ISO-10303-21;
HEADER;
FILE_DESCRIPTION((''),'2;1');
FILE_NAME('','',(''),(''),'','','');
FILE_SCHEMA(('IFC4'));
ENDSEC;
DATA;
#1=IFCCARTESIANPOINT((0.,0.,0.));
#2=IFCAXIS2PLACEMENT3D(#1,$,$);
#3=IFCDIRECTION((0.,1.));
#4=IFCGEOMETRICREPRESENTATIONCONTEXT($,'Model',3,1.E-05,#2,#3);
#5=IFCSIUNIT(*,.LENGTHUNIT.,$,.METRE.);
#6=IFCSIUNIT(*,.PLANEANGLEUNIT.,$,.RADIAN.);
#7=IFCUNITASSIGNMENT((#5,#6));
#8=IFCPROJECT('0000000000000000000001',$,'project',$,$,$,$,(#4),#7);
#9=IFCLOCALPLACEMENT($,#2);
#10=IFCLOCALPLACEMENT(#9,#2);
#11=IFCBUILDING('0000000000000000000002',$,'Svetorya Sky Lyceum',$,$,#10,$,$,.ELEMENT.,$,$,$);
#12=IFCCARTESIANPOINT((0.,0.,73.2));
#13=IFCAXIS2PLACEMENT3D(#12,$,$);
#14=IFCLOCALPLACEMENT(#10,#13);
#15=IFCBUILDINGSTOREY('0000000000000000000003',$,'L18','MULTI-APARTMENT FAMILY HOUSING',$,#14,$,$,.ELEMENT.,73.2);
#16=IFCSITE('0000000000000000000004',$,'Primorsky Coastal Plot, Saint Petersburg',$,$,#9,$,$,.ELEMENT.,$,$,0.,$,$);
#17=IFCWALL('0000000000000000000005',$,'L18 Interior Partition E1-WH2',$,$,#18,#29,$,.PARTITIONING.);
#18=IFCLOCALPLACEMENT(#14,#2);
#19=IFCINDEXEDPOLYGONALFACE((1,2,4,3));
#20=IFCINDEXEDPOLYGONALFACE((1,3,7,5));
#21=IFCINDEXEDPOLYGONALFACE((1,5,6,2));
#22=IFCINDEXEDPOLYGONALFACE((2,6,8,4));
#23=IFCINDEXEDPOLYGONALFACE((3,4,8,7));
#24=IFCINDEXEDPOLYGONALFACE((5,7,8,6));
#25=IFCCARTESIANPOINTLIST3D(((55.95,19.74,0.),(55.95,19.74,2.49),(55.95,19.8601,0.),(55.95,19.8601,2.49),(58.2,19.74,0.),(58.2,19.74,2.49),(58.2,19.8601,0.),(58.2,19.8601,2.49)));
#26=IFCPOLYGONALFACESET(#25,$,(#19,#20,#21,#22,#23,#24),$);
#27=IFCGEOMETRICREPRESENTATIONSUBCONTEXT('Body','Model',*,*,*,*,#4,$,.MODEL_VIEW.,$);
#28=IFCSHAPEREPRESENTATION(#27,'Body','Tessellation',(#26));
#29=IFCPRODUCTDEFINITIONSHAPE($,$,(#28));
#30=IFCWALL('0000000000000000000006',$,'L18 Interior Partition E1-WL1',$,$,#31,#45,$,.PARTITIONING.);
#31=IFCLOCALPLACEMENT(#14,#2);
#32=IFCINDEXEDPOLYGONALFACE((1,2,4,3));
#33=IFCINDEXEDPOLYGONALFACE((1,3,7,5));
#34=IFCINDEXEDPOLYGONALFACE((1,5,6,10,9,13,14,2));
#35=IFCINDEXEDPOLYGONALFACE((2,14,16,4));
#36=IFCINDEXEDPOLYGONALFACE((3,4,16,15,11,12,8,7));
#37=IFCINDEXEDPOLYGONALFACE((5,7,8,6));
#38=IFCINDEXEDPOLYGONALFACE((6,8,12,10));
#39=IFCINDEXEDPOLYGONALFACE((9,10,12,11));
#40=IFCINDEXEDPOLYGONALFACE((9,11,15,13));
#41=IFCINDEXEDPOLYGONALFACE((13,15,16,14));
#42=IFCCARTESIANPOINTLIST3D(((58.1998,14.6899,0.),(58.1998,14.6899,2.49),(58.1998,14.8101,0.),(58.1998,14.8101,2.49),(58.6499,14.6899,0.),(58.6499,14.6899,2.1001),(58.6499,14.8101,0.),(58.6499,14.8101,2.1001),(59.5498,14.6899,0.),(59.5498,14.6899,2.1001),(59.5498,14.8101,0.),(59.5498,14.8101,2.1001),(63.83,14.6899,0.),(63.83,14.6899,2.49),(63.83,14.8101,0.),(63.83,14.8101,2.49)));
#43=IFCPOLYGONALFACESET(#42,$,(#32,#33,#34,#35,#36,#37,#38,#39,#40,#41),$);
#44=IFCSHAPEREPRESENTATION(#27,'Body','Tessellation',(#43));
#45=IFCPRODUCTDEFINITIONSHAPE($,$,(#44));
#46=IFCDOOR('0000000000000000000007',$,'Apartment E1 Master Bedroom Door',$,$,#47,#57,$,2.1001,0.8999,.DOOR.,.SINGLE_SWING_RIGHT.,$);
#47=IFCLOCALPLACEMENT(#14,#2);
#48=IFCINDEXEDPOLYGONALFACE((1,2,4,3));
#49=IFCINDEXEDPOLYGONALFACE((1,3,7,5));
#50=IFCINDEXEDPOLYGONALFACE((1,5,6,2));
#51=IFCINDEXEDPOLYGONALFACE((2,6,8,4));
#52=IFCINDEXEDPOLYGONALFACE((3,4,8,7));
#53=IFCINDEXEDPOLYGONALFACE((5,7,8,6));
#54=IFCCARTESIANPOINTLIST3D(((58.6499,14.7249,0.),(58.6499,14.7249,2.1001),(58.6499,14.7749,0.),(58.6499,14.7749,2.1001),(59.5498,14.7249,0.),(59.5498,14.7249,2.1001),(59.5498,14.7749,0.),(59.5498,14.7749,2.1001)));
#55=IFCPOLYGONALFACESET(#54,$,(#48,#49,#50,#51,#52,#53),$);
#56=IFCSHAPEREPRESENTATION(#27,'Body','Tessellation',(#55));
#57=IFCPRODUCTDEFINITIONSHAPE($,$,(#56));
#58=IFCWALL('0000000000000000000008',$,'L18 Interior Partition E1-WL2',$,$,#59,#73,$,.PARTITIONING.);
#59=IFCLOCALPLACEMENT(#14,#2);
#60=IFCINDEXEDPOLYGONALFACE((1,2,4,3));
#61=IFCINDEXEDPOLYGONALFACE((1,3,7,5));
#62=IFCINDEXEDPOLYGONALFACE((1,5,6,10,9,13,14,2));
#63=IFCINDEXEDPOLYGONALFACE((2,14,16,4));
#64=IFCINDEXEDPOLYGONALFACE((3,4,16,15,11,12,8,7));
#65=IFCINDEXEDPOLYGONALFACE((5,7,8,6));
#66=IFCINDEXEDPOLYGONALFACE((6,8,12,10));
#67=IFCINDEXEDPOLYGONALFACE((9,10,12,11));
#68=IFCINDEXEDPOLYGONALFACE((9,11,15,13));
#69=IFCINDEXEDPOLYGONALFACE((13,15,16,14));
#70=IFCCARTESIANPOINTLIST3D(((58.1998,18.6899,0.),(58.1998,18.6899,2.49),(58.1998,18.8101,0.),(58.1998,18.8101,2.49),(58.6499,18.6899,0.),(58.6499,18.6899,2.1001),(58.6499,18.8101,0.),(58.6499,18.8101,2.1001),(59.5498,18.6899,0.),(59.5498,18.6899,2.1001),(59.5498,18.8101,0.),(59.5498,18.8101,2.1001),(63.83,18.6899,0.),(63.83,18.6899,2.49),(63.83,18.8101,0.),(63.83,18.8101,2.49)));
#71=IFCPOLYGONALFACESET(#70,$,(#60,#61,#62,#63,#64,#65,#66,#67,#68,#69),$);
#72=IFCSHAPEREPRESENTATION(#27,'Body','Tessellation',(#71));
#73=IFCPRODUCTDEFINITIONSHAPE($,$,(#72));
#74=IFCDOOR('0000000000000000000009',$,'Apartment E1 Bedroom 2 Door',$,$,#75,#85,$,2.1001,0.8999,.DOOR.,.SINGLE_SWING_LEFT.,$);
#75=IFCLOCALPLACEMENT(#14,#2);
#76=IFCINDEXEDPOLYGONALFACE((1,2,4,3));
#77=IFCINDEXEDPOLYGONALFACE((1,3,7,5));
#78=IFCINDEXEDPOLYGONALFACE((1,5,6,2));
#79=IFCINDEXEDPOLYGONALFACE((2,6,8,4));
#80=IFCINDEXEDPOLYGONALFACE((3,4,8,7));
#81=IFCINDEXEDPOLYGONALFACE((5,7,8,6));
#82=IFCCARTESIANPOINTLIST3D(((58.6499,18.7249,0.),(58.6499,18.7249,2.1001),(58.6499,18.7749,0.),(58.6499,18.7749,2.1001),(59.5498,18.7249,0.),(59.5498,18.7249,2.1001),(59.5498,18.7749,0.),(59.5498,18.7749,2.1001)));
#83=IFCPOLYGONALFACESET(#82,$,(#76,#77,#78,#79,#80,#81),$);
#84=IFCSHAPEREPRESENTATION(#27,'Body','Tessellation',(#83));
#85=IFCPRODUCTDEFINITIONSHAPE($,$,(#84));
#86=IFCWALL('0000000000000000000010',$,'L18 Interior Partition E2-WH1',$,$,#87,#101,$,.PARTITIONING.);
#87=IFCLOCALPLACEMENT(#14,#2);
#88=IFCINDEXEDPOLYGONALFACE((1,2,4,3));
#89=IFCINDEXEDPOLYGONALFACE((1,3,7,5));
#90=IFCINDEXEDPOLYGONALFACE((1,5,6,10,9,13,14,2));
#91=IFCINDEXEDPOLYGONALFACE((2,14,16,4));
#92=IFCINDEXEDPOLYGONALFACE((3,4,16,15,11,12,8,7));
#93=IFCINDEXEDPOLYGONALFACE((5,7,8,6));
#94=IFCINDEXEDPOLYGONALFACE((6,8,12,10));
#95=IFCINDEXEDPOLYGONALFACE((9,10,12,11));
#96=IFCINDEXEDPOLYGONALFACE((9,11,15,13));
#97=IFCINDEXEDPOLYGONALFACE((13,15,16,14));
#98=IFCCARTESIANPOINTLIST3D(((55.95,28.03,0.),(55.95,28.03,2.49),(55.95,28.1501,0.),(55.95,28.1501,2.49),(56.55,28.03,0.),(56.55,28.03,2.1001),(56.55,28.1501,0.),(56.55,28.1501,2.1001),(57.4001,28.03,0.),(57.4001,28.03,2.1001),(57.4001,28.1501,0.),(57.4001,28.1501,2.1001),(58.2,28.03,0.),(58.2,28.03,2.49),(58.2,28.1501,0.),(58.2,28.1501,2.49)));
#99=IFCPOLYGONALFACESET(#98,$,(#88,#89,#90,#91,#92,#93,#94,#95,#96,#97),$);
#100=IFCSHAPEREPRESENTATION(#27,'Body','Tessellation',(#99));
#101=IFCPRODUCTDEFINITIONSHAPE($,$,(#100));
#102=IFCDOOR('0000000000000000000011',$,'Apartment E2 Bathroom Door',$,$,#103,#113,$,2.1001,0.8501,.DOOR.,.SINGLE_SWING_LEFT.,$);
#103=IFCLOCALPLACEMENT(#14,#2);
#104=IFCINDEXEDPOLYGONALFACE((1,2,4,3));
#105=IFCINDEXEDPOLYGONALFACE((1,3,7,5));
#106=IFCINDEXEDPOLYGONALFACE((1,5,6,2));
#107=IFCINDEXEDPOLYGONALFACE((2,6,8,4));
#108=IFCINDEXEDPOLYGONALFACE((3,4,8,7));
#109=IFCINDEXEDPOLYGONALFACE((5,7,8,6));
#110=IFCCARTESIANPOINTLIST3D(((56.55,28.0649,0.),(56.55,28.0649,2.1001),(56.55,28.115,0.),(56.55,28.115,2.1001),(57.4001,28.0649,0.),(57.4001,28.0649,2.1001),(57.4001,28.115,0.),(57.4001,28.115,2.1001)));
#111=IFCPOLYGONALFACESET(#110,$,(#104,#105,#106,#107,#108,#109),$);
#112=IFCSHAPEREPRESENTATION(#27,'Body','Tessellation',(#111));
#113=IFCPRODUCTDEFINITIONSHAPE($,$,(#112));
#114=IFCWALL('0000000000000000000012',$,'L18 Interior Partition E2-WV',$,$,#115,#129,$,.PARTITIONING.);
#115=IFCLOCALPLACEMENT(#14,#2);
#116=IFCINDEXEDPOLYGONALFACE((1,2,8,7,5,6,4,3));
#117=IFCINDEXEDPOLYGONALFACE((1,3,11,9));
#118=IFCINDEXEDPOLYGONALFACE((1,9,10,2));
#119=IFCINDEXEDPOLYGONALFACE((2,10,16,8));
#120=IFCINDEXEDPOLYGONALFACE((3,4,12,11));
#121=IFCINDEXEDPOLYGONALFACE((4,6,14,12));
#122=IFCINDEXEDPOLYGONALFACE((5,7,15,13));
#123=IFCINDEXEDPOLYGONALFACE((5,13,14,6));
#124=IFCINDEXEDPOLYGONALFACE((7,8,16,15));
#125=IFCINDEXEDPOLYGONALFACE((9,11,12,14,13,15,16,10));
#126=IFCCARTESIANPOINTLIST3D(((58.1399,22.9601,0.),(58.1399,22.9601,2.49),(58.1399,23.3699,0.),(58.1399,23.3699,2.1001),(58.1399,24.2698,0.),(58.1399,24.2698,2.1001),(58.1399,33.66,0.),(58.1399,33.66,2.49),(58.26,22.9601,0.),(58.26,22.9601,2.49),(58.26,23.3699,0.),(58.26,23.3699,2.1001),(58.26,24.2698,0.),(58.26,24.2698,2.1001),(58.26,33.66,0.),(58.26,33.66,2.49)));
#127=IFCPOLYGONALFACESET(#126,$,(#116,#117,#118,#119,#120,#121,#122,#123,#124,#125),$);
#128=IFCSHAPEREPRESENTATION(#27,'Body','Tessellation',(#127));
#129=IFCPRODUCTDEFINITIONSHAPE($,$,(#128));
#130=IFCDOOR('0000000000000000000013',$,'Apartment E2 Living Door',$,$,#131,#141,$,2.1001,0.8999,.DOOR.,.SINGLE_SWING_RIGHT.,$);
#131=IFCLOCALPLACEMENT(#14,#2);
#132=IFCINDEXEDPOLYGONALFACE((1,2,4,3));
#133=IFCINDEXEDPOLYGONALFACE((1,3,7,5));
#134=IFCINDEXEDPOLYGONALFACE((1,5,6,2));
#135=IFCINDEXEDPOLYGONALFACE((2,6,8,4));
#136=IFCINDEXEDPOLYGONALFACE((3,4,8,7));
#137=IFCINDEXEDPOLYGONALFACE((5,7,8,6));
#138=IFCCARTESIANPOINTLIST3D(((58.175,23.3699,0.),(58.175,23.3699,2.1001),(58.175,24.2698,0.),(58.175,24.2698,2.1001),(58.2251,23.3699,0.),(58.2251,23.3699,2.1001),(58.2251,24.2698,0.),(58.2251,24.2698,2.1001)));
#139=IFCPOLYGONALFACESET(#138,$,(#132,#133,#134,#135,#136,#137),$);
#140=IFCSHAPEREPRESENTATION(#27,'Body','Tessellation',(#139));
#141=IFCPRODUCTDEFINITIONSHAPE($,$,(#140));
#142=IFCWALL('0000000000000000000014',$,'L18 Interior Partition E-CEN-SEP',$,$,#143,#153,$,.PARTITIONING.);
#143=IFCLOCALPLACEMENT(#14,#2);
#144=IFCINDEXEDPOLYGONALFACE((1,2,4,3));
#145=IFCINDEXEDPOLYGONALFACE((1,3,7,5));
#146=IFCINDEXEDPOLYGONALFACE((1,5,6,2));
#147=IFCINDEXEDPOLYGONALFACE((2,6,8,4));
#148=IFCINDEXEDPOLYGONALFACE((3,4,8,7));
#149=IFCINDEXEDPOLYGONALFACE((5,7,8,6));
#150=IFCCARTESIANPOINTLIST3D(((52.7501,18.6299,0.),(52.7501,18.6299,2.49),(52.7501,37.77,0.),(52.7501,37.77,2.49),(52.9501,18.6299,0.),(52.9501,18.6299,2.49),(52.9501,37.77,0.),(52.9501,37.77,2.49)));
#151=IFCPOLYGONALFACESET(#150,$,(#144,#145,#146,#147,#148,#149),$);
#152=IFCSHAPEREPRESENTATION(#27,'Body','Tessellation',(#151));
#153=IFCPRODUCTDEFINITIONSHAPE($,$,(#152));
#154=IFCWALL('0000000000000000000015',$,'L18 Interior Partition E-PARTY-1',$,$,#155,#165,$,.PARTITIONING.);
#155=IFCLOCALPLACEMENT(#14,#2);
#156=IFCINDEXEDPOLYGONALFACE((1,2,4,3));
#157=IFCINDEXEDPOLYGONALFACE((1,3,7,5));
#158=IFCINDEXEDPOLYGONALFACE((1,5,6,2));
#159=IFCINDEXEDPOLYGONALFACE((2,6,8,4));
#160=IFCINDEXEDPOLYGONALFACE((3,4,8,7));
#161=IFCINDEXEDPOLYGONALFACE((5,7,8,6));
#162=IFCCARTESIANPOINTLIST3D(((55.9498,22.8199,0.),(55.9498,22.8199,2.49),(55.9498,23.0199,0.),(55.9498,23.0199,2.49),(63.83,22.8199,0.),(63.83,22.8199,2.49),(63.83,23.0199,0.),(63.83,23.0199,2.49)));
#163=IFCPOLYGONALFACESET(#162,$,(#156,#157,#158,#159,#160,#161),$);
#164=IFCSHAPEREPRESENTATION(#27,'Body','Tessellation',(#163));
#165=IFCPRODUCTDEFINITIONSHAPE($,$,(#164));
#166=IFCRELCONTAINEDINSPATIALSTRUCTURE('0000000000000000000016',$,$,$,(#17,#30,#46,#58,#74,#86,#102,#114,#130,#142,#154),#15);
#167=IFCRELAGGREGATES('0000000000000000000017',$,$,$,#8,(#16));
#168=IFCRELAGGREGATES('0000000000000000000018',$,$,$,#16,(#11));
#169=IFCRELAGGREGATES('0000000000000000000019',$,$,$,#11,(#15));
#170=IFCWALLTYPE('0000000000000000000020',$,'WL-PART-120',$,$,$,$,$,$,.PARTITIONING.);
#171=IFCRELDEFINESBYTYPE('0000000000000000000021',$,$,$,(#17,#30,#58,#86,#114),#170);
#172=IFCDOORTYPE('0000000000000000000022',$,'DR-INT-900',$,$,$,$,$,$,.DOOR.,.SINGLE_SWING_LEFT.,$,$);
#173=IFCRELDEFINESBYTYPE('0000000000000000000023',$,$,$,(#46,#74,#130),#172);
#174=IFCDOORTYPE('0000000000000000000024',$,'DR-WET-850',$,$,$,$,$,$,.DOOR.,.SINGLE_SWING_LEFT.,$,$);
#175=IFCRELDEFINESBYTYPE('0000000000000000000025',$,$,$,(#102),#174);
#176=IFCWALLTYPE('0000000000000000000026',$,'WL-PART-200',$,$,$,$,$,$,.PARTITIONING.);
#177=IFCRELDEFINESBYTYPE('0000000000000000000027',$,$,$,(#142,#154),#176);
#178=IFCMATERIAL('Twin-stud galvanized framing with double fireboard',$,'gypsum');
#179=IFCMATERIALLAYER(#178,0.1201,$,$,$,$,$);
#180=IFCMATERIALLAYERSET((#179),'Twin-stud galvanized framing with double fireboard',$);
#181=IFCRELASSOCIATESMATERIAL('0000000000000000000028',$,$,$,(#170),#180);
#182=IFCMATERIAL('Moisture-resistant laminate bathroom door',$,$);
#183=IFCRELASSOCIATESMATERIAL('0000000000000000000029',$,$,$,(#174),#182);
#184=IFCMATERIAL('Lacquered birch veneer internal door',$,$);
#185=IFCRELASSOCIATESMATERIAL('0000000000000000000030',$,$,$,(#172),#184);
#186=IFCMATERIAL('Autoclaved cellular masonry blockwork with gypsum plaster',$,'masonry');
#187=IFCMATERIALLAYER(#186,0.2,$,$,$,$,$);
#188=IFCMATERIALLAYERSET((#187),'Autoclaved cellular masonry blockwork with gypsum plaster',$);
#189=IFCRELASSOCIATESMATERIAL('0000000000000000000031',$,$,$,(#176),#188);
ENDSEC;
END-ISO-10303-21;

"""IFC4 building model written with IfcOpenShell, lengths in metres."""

from ifc_helpers import new_model, si_unit, direction, frame, frame_2d, origin, place, context, subcontext, project, spatial, rectangle, extrude, material, layer, layer_set, type_object, element, fill, save


model = new_model("IFC4")

# Units and contexts
model_context = context("Model", 3, precision=1e-05, world=origin(), true_north=direction((0.0, 1.0)))
body_context = subcontext(model_context, "Body", "Model", "MODEL_VIEW")
ifc_project = project(units=[si_unit("LENGTHUNIT", "METRE"), si_unit("PLANEANGLEUNIT", "RADIAN")], contexts=[model_context])

# Site, building, storey
site_placement = place(None, origin())
site = spatial("IfcSite", under=ifc_project, at=site_placement, Name="Primorsky Coastal Plot, Saint Petersburg", CompositionType="ELEMENT", RefElevation=0.0)
building_placement = place(site_placement, origin())
building = spatial("IfcBuilding", under=site, at=building_placement, Name="Svetorya Sky Lyceum", CompositionType="ELEMENT")
storey_placement = place(building_placement, frame((0.0, 0.0, 73.2)))
storey = spatial("IfcBuildingStorey", under=building, at=storey_placement, Name="L18", Description="MULTI-APARTMENT FAMILY HOUSING", CompositionType="ELEMENT", Elevation=73.2)

# Shared definitions
ifc_material_1 = material(Name="Twin-stud galvanized framing with double fireboard", Category="gypsum")
ifc_layer_1 = layer(ifc_material_1, 0.1201)
ifc_layer_set_1 = layer_set([ifc_layer_1], Name="Twin-stud galvanized framing with double fireboard")
wall_type_1 = type_object("IfcWallType", Name="WL-PART-120", PredefinedType="PARTITIONING", material=ifc_layer_set_1)
ifc_material_2 = material(Name="Moisture-resistant laminate bathroom door")
door_type_1 = type_object("IfcDoorType", Name="DR-WET-850", OperationType="SINGLE_SWING_LEFT", PredefinedType="DOOR", material=ifc_material_2)

# Wall
wall_1_placement = place(storey_placement, frame((55.95, 19.8, 0.0), z_axis=(0.0, 0.0, 1.0), x_axis=(1.0, 0.0, 0.0)))
element("IfcWall", 1, at=wall_1_placement, inside=storey, type_object=wall_type_1, Name="L18 Interior Partition E1-WH2", PredefinedType="PARTITIONING", context=body_context, shape_type="SweptSolid", body=[
    extrude(rectangle(XDim=2.25, YDim=0.1201, at=frame_2d((1.125, 0.0))), origin(), (0.0, 0.0, 1.0), 2.49),
])

# Walls, openings, doors
wall_2_placement = place(storey_placement, frame((58.2, 14.75, 0.0), z_axis=(0.0, 0.0, 1.0), x_axis=(1.0, 0.0, 0.0)))
wall_2 = element("IfcWall", 2, at=wall_2_placement, inside=storey, type_object=wall_type_1, Name="L18 Interior Partition E1-WL1", PredefinedType="PARTITIONING", context=body_context, shape_type="SweptSolid", body=[
    extrude(rectangle(XDim=5.6301, YDim=0.1201, at=frame_2d((2.8149, 0.0))), origin(), (0.0, 0.0, 1.0), 2.49),
])
opening_1_placement = place(wall_2_placement, frame((0.45, 0.0, 0.0)))
opening_1 = element("IfcOpeningElement", 3, at=opening_1_placement, cuts=wall_2, PredefinedType="OPENING", context=body_context, shape_type="SweptSolid", body=[
    extrude(rectangle(XDim=0.8999, YDim=2.1001, at=frame_2d((0.45, 1.05))), frame((0.0, 0.0701, 0.0), z_axis=(0.0, -1.0, 0.0), x_axis=(1.0, 0.0, 0.0)), (0.0, 0.0, 1.0), 0.1401),
])
ifc_material_3 = material(Name="Lacquered birch veneer internal door")
door_type_2 = type_object("IfcDoorType", Name="DR-INT-900", OperationType="SINGLE_SWING_LEFT", PredefinedType="DOOR", material=ifc_material_3)
door_1_placement = place(opening_1_placement, origin())
door_1 = element("IfcDoor", 4, at=door_1_placement, inside=storey, type_object=door_type_2, Name="Apartment E1 Master Bedroom Door", OperationType="SINGLE_SWING_RIGHT", OverallHeight=2.1001, OverallWidth=0.8999, PredefinedType="DOOR", context=body_context, shape_type="SweptSolid", body=[
    extrude(rectangle(XDim=0.8999, YDim=2.1001, at=frame_2d((0.45, 1.05))), frame((0.0, 0.0249, 0.0), z_axis=(0.0, -1.0, 0.0), x_axis=(1.0, 0.0, 0.0)), (0.0, 0.0, 1.0), 0.05),
])
fill(opening_1, door_1)
wall_3_placement = place(storey_placement, frame((58.2, 18.75, 0.0), z_axis=(0.0, 0.0, 1.0), x_axis=(1.0, 0.0, 0.0)))
wall_3 = element("IfcWall", 5, at=wall_3_placement, inside=storey, type_object=wall_type_1, Name="L18 Interior Partition E1-WL2", PredefinedType="PARTITIONING", context=body_context, shape_type="SweptSolid", body=[
    extrude(rectangle(XDim=5.6301, YDim=0.1201, at=frame_2d((2.8149, 0.0))), origin(), (0.0, 0.0, 1.0), 2.49),
])
opening_2_placement = place(wall_3_placement, frame((0.45, 0.0, 0.0)))
opening_2 = element("IfcOpeningElement", 6, at=opening_2_placement, cuts=wall_3, PredefinedType="OPENING", context=body_context, shape_type="SweptSolid", body=[
    extrude(rectangle(XDim=0.8999, YDim=2.1001, at=frame_2d((0.45, 1.05))), frame((0.0, 0.0701, 0.0), z_axis=(0.0, -1.0, 0.0), x_axis=(1.0, 0.0, 0.0)), (0.0, 0.0, 1.0), 0.1401),
])
door_2_placement = place(opening_2_placement, origin())
door_2 = element("IfcDoor", 7, at=door_2_placement, inside=storey, type_object=door_type_2, Name="Apartment E1 Bedroom 2 Door", OperationType="SINGLE_SWING_LEFT", OverallHeight=2.1001, OverallWidth=0.8999, PredefinedType="DOOR", context=body_context, shape_type="SweptSolid", body=[
    extrude(rectangle(XDim=0.8999, YDim=2.1001, at=frame_2d((0.45, 1.05))), frame((0.0, 0.0249, 0.0), z_axis=(0.0, -1.0, 0.0), x_axis=(1.0, 0.0, 0.0)), (0.0, 0.0, 1.0), 0.05),
])
fill(opening_2, door_2)
wall_4_placement = place(storey_placement, frame((55.95, 28.0901, 0.0), z_axis=(0.0, 0.0, 1.0), x_axis=(1.0, 0.0, 0.0)))
wall_4 = element("IfcWall", 8, at=wall_4_placement, inside=storey, type_object=wall_type_1, Name="L18 Interior Partition E2-WH1", PredefinedType="PARTITIONING", context=body_context, shape_type="SweptSolid", body=[
    extrude(rectangle(XDim=2.25, YDim=0.1201, at=frame_2d((1.125, 0.0))), origin(), (0.0, 0.0, 1.0), 2.49),
])
opening_3_placement = place(wall_4_placement, frame((0.6001, 0.0, 0.0)))
opening_3 = element("IfcOpeningElement", 9, at=opening_3_placement, cuts=wall_4, PredefinedType="OPENING", context=body_context, shape_type="SweptSolid", body=[
    extrude(rectangle(XDim=0.8501, YDim=2.1001, at=frame_2d((0.425, 1.05))), frame((0.0, 0.0701, 0.0), z_axis=(0.0, -1.0, 0.0), x_axis=(1.0, 0.0, 0.0)), (0.0, 0.0, 1.0), 0.1401),
])
door_3_placement = place(opening_3_placement, origin())
door_3 = element("IfcDoor", 10, at=door_3_placement, inside=storey, type_object=door_type_1, Name="Apartment E2 Bathroom Door", OperationType="SINGLE_SWING_LEFT", OverallHeight=2.1001, OverallWidth=0.8501, PredefinedType="DOOR", context=body_context, shape_type="SweptSolid", body=[
    extrude(rectangle(XDim=0.8501, YDim=2.1001, at=frame_2d((0.425, 1.05))), frame((0.0, 0.0249, 0.0), z_axis=(0.0, -1.0, 0.0), x_axis=(1.0, 0.0, 0.0)), (0.0, 0.0, 1.0), 0.05),
])
fill(opening_3, door_3)
wall_5_placement = place(storey_placement, frame((58.2, 22.96, 0.0), z_axis=(0.0, 0.0, 1.0), x_axis=(0.0, 1.0, 0.0)))
wall_5 = element("IfcWall", 11, at=wall_5_placement, inside=storey, type_object=wall_type_1, Name="L18 Interior Partition E2-WV", PredefinedType="PARTITIONING", context=body_context, shape_type="SweptSolid", body=[
    extrude(rectangle(XDim=10.7, YDim=0.1201, at=frame_2d((5.3501, 0.0))), origin(), (0.0, 0.0, 1.0), 2.49),
])
opening_4_placement = place(wall_5_placement, frame((0.4099, 0.0, 0.0)))
opening_4 = element("IfcOpeningElement", 12, at=opening_4_placement, cuts=wall_5, PredefinedType="OPENING", context=body_context, shape_type="SweptSolid", body=[
    extrude(rectangle(XDim=0.8999, YDim=2.1001, at=frame_2d((0.45, 1.05))), frame((0.0, 0.0701, 0.0), z_axis=(0.0, -1.0, 0.0), x_axis=(1.0, 0.0, 0.0)), (0.0, 0.0, 1.0), 0.1401),
])
door_4_placement = place(opening_4_placement, origin())
door_4 = element("IfcDoor", 13, at=door_4_placement, inside=storey, type_object=door_type_2, Name="Apartment E2 Living Door", OperationType="SINGLE_SWING_RIGHT", OverallHeight=2.1001, OverallWidth=0.8999, PredefinedType="DOOR", context=body_context, shape_type="SweptSolid", body=[
    extrude(rectangle(XDim=0.8999, YDim=2.1001, at=frame_2d((0.45, 1.05))), frame((0.0, 0.0249, 0.0), z_axis=(0.0, -1.0, 0.0), x_axis=(1.0, 0.0, 0.0)), (0.0, 0.0, 1.0), 0.05),
])
fill(opening_4, door_4)

# Walls
ifc_material_4 = material(Name="Autoclaved cellular masonry blockwork with gypsum plaster", Category="masonry")
ifc_layer_2 = layer(ifc_material_4, 0.2)
ifc_layer_set_2 = layer_set([ifc_layer_2], Name="Autoclaved cellular masonry blockwork with gypsum plaster")
wall_type_2 = type_object("IfcWallType", Name="WL-PART-200", PredefinedType="PARTITIONING", material=ifc_layer_set_2)
wall_6_placement = place(storey_placement, frame((52.8501, 18.6299, 0.0), z_axis=(0.0, 0.0, 1.0), x_axis=(0.0, 1.0, 0.0)))
element("IfcWall", 14, at=wall_6_placement, inside=storey, type_object=wall_type_2, Name="L18 Interior Partition E-CEN-SEP", PredefinedType="PARTITIONING", context=body_context, shape_type="SweptSolid", body=[
    extrude(rectangle(XDim=19.1401, YDim=0.2, at=frame_2d((9.5701, 0.0))), origin(), (0.0, 0.0, 1.0), 2.49),
])
wall_7_placement = place(storey_placement, frame((55.95, 22.9199, 0.0), z_axis=(0.0, 0.0, 1.0), x_axis=(1.0, 0.0, 0.0)))
element("IfcWall", 15, at=wall_7_placement, inside=storey, type_object=wall_type_2, Name="L18 Interior Partition E-PARTY-1", PredefinedType="PARTITIONING", context=body_context, shape_type="SweptSolid", body=[
    extrude(rectangle(XDim=7.8801, YDim=0.2, at=frame_2d((3.9399, 0.0))), origin(), (0.0, 0.0, 1.0), 2.49),
])

save(model, "model.ifc")
